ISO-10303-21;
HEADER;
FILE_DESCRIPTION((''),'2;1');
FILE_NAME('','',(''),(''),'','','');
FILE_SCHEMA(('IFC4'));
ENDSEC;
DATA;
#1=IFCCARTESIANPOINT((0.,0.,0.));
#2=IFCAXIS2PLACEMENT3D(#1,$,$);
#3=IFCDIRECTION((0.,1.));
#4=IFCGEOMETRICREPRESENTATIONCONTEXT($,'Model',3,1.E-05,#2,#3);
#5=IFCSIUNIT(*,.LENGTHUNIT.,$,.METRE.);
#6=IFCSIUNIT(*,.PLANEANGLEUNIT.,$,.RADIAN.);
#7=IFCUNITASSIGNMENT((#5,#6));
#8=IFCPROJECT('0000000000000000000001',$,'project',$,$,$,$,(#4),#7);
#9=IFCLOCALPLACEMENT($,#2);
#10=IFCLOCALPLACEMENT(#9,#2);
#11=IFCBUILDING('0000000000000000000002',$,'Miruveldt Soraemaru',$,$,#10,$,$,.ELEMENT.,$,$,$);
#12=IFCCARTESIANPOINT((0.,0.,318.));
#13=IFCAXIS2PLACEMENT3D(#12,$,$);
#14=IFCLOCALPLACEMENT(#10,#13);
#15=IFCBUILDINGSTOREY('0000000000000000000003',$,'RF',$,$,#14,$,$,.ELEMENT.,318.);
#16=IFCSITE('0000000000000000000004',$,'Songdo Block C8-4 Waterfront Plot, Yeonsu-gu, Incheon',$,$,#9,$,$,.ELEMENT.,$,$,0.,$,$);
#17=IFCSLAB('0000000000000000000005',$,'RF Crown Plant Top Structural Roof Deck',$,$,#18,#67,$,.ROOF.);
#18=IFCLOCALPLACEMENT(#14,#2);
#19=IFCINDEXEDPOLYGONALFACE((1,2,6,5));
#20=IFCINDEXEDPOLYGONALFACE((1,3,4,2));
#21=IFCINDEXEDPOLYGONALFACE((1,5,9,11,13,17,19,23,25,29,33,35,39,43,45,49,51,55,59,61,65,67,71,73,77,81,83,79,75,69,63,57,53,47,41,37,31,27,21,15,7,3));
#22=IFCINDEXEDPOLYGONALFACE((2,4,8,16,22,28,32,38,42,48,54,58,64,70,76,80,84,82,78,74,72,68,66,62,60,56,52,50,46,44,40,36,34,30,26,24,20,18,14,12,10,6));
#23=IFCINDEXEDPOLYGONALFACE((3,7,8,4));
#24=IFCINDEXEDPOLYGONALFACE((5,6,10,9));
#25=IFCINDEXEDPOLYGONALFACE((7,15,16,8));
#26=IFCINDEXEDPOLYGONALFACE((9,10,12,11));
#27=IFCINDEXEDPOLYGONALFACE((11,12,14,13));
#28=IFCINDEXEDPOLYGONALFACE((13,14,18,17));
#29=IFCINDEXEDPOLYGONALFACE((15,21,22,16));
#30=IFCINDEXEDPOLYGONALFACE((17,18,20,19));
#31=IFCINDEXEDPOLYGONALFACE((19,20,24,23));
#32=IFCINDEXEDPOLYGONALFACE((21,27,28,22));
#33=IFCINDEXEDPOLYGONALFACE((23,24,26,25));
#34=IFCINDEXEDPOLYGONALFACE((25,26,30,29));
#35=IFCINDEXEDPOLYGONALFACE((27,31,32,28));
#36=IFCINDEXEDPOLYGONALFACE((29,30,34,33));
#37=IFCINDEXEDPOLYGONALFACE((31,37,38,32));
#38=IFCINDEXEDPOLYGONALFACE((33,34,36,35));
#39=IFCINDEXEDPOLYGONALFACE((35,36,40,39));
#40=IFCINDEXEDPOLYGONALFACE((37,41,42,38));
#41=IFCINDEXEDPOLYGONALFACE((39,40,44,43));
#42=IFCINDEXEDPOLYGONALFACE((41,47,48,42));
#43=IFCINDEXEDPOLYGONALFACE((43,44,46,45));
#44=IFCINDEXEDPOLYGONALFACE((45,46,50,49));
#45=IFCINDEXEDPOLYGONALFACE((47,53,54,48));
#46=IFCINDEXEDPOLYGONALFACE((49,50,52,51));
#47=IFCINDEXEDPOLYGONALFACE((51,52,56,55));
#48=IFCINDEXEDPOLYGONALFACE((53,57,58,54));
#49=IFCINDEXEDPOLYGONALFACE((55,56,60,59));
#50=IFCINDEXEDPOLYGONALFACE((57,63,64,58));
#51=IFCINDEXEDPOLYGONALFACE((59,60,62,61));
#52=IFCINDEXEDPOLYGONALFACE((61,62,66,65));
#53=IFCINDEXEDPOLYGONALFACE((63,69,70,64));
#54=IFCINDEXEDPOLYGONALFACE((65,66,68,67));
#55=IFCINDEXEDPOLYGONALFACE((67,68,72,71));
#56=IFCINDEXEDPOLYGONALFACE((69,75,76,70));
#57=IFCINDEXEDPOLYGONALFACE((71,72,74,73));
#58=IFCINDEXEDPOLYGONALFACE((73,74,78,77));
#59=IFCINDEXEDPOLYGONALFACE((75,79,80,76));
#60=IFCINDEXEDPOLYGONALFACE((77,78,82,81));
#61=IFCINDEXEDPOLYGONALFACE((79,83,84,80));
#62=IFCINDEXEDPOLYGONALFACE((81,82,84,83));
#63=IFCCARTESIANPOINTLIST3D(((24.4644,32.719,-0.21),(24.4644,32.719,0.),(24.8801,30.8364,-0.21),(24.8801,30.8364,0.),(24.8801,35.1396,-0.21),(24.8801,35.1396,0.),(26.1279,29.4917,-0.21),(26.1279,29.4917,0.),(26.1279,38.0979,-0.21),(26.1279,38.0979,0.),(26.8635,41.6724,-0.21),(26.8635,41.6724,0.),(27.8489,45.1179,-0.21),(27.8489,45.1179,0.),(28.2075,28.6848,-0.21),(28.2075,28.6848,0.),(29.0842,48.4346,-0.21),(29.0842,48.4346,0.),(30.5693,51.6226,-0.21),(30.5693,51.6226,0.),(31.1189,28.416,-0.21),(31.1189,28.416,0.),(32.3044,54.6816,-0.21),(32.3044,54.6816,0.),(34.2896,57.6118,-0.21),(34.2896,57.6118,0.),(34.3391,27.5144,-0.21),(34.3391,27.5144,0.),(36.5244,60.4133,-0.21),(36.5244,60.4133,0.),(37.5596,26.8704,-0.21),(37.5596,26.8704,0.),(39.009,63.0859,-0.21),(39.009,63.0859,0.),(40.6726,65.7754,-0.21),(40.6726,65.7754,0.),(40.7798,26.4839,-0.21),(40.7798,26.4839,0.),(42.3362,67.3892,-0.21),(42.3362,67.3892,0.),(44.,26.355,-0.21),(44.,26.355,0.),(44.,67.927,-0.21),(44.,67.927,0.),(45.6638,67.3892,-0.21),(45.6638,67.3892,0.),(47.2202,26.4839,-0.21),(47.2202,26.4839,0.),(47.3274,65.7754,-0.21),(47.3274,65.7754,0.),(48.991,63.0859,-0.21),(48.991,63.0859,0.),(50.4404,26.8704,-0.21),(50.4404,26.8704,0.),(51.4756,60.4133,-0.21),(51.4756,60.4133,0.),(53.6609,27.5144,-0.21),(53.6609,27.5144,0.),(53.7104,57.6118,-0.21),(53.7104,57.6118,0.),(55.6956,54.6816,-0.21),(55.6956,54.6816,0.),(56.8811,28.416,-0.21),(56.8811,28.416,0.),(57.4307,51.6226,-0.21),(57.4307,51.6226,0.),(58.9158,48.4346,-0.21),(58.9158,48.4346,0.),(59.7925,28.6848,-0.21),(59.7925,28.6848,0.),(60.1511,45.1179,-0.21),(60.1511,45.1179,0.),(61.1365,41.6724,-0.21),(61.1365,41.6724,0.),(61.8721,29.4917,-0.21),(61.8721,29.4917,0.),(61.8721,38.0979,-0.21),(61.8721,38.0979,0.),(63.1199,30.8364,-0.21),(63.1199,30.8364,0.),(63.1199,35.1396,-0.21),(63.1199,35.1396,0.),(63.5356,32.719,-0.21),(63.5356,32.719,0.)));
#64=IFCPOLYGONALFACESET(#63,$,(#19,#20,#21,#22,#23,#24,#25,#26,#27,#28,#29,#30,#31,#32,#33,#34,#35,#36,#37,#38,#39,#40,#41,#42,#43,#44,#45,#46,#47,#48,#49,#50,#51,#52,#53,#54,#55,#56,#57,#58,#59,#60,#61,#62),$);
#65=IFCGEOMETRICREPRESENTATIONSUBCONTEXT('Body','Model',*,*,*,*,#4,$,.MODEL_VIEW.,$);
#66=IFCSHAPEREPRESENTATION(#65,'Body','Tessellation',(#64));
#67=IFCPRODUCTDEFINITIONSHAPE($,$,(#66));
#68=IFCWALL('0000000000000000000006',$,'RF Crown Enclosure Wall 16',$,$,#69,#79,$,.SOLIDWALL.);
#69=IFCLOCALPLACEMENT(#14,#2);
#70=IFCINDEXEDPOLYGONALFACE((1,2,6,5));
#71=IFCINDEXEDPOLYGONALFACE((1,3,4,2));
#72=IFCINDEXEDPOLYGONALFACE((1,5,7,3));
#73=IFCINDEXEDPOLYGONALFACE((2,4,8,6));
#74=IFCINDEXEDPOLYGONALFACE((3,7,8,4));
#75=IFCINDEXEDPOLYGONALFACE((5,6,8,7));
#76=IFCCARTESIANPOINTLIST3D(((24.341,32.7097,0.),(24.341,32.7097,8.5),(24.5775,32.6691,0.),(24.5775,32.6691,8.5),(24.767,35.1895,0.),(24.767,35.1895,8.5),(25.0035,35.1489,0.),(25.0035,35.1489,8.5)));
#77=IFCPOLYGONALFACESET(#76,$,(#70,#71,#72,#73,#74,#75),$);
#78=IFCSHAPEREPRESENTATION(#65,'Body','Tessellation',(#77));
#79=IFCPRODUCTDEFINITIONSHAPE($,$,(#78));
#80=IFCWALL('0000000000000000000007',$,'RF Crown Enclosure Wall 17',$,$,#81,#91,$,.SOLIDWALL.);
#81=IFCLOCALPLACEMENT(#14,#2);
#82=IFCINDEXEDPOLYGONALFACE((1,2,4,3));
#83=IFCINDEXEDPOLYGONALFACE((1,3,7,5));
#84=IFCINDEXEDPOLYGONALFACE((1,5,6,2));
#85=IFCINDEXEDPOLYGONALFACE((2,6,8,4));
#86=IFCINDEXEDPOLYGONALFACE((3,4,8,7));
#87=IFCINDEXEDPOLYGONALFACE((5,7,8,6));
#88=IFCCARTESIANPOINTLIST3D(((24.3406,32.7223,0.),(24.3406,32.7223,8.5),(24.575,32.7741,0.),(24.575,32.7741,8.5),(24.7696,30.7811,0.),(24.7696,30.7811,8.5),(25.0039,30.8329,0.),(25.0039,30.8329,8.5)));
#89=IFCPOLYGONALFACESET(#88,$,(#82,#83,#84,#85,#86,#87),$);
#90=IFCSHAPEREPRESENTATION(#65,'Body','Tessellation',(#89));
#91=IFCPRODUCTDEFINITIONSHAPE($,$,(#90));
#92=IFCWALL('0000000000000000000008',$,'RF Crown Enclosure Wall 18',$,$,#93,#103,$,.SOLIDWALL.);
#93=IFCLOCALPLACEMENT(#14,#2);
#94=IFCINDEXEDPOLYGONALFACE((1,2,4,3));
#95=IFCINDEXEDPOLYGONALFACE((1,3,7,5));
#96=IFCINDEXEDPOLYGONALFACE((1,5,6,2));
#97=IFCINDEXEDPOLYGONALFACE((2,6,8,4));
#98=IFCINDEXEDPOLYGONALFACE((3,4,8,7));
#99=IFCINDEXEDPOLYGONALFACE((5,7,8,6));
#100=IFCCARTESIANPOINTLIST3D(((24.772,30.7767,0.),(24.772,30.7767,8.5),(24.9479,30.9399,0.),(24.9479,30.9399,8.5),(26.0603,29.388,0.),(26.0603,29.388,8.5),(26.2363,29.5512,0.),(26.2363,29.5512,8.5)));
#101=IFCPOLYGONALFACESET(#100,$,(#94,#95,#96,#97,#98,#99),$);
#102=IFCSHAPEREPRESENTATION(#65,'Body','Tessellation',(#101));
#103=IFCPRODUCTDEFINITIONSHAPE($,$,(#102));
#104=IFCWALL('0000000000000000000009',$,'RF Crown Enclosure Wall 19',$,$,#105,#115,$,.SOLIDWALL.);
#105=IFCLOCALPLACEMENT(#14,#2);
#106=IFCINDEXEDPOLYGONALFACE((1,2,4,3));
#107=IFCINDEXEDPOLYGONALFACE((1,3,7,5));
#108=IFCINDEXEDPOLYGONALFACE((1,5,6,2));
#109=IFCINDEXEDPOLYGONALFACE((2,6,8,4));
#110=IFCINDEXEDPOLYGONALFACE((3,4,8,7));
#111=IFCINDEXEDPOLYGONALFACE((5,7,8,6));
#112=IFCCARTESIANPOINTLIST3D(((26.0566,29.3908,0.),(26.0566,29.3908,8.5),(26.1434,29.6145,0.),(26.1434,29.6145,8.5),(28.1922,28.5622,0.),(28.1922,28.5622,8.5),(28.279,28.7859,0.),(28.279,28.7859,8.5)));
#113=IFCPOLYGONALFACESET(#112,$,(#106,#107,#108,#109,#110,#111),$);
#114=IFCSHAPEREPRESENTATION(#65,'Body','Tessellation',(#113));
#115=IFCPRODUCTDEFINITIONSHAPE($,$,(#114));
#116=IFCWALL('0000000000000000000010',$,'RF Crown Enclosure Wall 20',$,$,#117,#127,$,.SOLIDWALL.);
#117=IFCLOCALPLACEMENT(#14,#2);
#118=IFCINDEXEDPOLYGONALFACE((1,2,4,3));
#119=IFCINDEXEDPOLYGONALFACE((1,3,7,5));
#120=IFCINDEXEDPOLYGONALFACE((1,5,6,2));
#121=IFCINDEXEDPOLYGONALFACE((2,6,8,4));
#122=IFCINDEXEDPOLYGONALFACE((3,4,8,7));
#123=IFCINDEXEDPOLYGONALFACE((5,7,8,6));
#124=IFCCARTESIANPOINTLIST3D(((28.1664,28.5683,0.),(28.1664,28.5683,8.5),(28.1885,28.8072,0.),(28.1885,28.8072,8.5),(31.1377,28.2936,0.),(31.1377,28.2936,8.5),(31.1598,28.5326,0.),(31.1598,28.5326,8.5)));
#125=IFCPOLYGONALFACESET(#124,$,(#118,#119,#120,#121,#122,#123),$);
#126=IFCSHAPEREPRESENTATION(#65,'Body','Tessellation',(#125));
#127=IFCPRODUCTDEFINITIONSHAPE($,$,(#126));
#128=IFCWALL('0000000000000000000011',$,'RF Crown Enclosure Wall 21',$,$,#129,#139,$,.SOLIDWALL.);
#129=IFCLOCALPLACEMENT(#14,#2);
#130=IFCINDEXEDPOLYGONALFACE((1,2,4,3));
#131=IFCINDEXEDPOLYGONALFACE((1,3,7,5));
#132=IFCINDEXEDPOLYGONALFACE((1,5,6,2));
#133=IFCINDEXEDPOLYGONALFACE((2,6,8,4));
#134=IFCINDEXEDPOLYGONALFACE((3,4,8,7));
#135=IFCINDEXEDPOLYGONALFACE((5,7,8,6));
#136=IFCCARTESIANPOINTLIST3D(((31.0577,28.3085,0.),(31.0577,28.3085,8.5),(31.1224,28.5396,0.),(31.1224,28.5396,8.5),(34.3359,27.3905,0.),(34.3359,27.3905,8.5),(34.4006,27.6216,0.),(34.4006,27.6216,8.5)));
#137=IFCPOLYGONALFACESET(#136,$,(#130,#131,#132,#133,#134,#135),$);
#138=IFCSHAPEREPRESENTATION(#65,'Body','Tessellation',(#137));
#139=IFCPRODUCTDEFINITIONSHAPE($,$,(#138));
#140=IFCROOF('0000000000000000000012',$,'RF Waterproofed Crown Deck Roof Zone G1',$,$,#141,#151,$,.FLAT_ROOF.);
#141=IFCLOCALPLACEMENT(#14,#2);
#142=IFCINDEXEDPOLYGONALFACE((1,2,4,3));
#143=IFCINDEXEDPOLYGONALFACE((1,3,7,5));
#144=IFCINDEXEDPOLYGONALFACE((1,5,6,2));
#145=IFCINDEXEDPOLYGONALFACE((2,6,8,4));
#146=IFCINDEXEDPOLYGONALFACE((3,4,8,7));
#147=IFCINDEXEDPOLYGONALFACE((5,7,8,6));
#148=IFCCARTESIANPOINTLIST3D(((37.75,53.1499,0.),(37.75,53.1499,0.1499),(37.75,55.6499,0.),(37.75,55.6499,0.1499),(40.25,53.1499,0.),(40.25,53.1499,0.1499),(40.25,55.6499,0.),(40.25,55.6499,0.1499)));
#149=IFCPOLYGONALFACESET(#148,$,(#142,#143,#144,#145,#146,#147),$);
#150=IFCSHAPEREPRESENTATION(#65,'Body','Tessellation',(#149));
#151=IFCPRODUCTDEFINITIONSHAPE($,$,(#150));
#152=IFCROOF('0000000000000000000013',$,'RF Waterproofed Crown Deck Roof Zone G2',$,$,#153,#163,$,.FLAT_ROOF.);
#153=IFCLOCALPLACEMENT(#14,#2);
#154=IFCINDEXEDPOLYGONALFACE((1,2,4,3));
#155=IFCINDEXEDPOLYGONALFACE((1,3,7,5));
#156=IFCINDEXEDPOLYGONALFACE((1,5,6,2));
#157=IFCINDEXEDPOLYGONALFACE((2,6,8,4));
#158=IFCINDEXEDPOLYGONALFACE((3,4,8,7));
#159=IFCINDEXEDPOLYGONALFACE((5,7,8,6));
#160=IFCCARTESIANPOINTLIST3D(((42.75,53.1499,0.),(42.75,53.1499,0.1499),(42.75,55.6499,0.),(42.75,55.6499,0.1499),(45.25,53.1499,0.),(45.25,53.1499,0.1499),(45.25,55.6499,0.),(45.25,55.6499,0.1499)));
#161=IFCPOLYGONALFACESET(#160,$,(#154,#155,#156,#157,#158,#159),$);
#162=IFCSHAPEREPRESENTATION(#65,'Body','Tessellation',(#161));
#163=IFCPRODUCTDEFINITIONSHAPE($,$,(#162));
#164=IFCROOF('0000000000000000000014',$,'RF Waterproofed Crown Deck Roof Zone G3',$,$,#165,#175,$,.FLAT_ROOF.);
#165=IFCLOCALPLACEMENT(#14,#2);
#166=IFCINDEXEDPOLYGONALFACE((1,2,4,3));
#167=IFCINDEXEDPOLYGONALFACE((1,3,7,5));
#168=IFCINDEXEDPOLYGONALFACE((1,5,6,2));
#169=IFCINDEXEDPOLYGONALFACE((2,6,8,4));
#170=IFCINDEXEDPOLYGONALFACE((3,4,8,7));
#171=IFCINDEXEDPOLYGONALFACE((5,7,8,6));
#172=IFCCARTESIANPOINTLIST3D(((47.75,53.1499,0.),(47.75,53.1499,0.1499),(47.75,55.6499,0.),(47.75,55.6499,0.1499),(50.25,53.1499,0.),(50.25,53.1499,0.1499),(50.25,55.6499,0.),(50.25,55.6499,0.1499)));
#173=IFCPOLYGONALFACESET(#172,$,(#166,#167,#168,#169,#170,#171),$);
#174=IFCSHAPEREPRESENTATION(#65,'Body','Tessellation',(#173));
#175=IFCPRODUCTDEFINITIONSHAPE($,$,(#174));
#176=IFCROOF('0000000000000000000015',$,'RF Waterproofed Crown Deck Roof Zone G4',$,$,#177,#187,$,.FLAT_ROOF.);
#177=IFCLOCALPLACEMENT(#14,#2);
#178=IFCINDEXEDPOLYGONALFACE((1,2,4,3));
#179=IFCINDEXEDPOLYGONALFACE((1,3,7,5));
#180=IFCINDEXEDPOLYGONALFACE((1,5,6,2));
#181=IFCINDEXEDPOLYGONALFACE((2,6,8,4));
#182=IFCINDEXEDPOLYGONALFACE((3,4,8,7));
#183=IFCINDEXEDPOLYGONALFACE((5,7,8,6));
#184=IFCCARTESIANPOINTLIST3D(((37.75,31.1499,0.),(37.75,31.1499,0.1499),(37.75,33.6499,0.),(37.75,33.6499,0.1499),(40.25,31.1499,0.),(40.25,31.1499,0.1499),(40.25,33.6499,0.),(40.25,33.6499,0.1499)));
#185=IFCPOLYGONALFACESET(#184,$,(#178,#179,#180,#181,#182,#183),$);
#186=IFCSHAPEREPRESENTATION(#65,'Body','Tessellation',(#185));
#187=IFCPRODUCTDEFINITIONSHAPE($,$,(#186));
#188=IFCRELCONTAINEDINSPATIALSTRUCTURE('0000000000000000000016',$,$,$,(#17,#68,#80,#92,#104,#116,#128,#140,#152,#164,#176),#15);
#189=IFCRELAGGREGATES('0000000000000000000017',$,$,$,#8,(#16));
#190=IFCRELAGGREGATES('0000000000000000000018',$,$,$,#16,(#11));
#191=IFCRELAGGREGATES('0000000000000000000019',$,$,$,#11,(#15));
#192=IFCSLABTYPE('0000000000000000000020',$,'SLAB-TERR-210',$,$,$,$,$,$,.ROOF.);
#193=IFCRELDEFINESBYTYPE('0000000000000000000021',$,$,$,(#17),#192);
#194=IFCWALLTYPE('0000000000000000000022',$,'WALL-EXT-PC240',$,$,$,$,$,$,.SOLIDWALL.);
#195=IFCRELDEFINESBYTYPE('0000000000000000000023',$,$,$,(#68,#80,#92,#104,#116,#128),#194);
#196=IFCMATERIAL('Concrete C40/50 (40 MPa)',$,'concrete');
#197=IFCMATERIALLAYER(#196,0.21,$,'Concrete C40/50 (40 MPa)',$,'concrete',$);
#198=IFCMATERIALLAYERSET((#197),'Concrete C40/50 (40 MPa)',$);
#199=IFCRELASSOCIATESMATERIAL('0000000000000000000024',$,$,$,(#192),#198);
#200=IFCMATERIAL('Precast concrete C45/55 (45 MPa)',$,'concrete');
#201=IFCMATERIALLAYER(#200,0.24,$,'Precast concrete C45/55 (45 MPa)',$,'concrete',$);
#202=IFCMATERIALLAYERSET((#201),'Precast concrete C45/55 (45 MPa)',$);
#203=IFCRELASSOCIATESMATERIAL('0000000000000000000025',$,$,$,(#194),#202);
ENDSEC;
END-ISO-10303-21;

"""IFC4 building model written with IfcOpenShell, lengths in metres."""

from ifc_helpers import new_model, si_unit, direction, frame, frame_2d, origin, place, context, subcontext, project, spatial, polyline, rectangle, outline, extrude, material, layer, layer_set, type_object, element, save


model = new_model("IFC4")

# Units and contexts
model_context = context("Model", 3, precision=1e-05, world=origin(), true_north=direction((0.0, 1.0)))
body_context = subcontext(model_context, "Body", "Model", "MODEL_VIEW")
ifc_project = project(units=[si_unit("LENGTHUNIT", "METRE"), si_unit("PLANEANGLEUNIT", "RADIAN")], contexts=[model_context])

# Site, building, storey
site_placement = place(None, origin())
site = spatial("IfcSite", under=ifc_project, at=site_placement, Name="Songdo Block C8-4 Waterfront Plot, Yeonsu-gu, Incheon", CompositionType="ELEMENT", RefElevation=0.0)
building_placement = place(site_placement, origin())
building = spatial("IfcBuilding", under=site, at=building_placement, Name="Miruveldt Soraemaru", CompositionType="ELEMENT")
storey_placement = place(building_placement, frame((0.0, 0.0, 318.0)))
storey = spatial("IfcBuildingStorey", under=building, at=storey_placement, Name="RF", CompositionType="ELEMENT", Elevation=318.0)

# Slab
ifc_material_1 = material(Name="Concrete C40/50 (40 MPa)", Category="concrete")
ifc_layer_1 = layer(ifc_material_1, 0.21, Name="Concrete C40/50 (40 MPa)", Category="concrete")
ifc_layer_set_1 = layer_set([ifc_layer_1], Name="Concrete C40/50 (40 MPa)")
slab_type_1 = type_object("IfcSlabType", Name="SLAB-TERR-210", PredefinedType="ROOF", material=ifc_layer_set_1)
slab_1_placement = place(storey_placement, frame((0.0, 0.0, -0.21)))
element("IfcSlab", 1, at=slab_1_placement, inside=storey, type_object=slab_type_1, Name="RF Crown Plant Top Structural Roof Deck", PredefinedType="ROOF", context=body_context, shape_type="SweptSolid", body=[
    extrude(outline(polyline([(48.991, 63.0859), (51.4756, 60.4133), (53.7104, 57.6118), (55.6956, 54.6816), (57.4307, 51.6226), (58.9158, 48.4346), (60.1511, 45.1179), (61.1365, 41.6724), (61.8721, 38.0979), (63.1199, 35.1396), (63.5356, 32.719), (63.1199, 30.8364), (61.8721, 29.4917), (59.7925, 28.6848), (56.8811, 28.416), (53.6609, 27.5144), (50.4404, 26.8704), (47.2202, 26.4839), (44.0, 26.355), (40.7798, 26.4839), (37.5596, 26.8704), (34.3391, 27.5144), (31.1189, 28.416), (28.2075, 28.6848), (26.1279, 29.4917), (24.8801, 30.8364), (24.4644, 32.719), (24.8801, 35.1396), (26.1279, 38.0979), (26.8635, 41.6724), (27.8489, 45.1179), (29.0842, 48.4346), (30.5693, 51.6226), (32.3044, 54.6816), (34.2896, 57.6118), (36.5244, 60.4133), (39.009, 63.0859), (40.6726, 65.7754), (42.3362, 67.3892), (44.0, 67.927), (45.6638, 67.3892), (47.3274, 65.7754), (48.991, 63.0859)])), origin(), (0.0, 0.0, 1.0), 0.21),
])

# Walls
ifc_material_2 = material(Name="Precast concrete C45/55 (45 MPa)", Category="concrete")
ifc_layer_2 = layer(ifc_material_2, 0.24, Name="Precast concrete C45/55 (45 MPa)", Category="concrete")
ifc_layer_set_2 = layer_set([ifc_layer_2], Name="Precast concrete C45/55 (45 MPa)")
wall_type = type_object("IfcWallType", Name="WALL-EXT-PC240", PredefinedType="SOLIDWALL", material=ifc_layer_set_2)
wall_1_placement = place(storey_placement, frame((24.8853, 35.1692, 0.0), z_axis=(0.0, 0.0, 1.0), x_axis=(-0.169322, -0.985561, 0.0)))
element("IfcWall", 2, at=wall_1_placement, inside=storey, type_object=wall_type, Name="RF Crown Enclosure Wall 16", PredefinedType="SOLIDWALL", context=body_context, shape_type="SweptSolid", body=[
    extrude(rectangle(XDim=2.5161, YDim=0.24, at=frame_2d((1.2581, 0.0))), origin(), (0.0, 0.0, 1.0), 8.5),
])
wall_2_placement = place(storey_placement, frame((24.4578, 32.7483, 0.0), z_axis=(0.0, 0.0, 1.0), x_axis=(0.215773, -0.976444, 0.0)))
element("IfcWall", 3, at=wall_2_placement, inside=storey, type_object=wall_type, Name="RF Crown Enclosure Wall 17", PredefinedType="SOLIDWALL", context=body_context, shape_type="SweptSolid", body=[
    extrude(rectangle(XDim=1.988, YDim=0.24, at=frame_2d((0.9941, 0.0))), origin(), (0.0, 0.0, 1.0), 8.5),
])
wall_3_placement = place(storey_placement, frame((24.8599, 30.8584, 0.0), z_axis=(0.0, 0.0, 1.0), x_axis=(0.680125, -0.733096, 0.0)))
element("IfcWall", 4, at=wall_3_placement, inside=storey, type_object=wall_type, Name="RF Crown Enclosure Wall 18", PredefinedType="SOLIDWALL", context=body_context, shape_type="SweptSolid", body=[
    extrude(rectangle(XDim=1.8943, YDim=0.24, at=frame_2d((0.9473, 0.0))), origin(), (0.0, 0.0, 1.0), 8.5),
])
wall_4_placement = place(storey_placement, frame((26.0999, 29.5027, 0.0), z_axis=(0.0, 0.0, 1.0), x_axis=(0.932292, -0.361706, 0.0)))
element("IfcWall", 5, at=wall_4_placement, inside=storey, type_object=wall_type, Name="RF Crown Enclosure Wall 19", PredefinedType="SOLIDWALL", context=body_context, shape_type="SweptSolid", body=[
    extrude(rectangle(XDim=2.2908, YDim=0.24, at=frame_2d((1.1455, 0.0))), origin(), (0.0, 0.0, 1.0), 8.5),
])
wall_5_placement = place(storey_placement, frame((28.1775, 28.6877, 0.0), z_axis=(0.0, 0.0, 1.0), x_axis=(0.995755, -0.092048, 0.0)))
element("IfcWall", 6, at=wall_5_placement, inside=storey, type_object=wall_type, Name="RF Crown Enclosure Wall 20", PredefinedType="SOLIDWALL", context=body_context, shape_type="SweptSolid", body=[
    extrude(rectangle(XDim=2.9839, YDim=0.24, at=frame_2d((1.4919, 0.0))), origin(), (0.0, 0.0, 1.0), 8.5),
])
wall_6_placement = place(storey_placement, frame((31.0901, 28.4241, 0.0), z_axis=(0.0, 0.0, 1.0), x_axis=(0.962956, -0.269659, 0.0)))
element("IfcWall", 7, at=wall_6_placement, inside=storey, type_object=wall_type, Name="RF Crown Enclosure Wall 21", PredefinedType="SOLIDWALL", context=body_context, shape_type="SweptSolid", body=[
    extrude(rectangle(XDim=3.4043, YDim=0.24, at=frame_2d((1.7021, 0.0))), origin(), (0.0, 0.0, 1.0), 8.5),
])

# Roofs
roof_1_placement = place(storey_placement, origin())
element("IfcRoof", 8, at=roof_1_placement, inside=storey, Name="RF Waterproofed Crown Deck Roof Zone G1", PredefinedType="FLAT_ROOF", context=body_context, shape_type="SweptSolid", body=[
    extrude(outline(polyline([(37.75, 53.1499), (40.25, 53.1499), (40.25, 55.6499), (37.75, 55.6499), (37.75, 53.1499)])), origin(), (0.0, 0.0, 1.0), 0.1499),
])
roof_2_placement = place(storey_placement, origin())
element("IfcRoof", 9, at=roof_2_placement, inside=storey, Name="RF Waterproofed Crown Deck Roof Zone G2", PredefinedType="FLAT_ROOF", context=body_context, shape_type="SweptSolid", body=[
    extrude(outline(polyline([(42.75, 53.1499), (45.25, 53.1499), (45.25, 55.6499), (42.75, 55.6499), (42.75, 53.1499)])), origin(), (0.0, 0.0, 1.0), 0.1499),
])
roof_3_placement = place(storey_placement, origin())
element("IfcRoof", 10, at=roof_3_placement, inside=storey, Name="RF Waterproofed Crown Deck Roof Zone G3", PredefinedType="FLAT_ROOF", context=body_context, shape_type="SweptSolid", body=[
    extrude(outline(polyline([(47.75, 53.1499), (50.25, 53.1499), (50.25, 55.6499), (47.75, 55.6499), (47.75, 53.1499)])), origin(), (0.0, 0.0, 1.0), 0.1499),
])
roof_4_placement = place(storey_placement, origin())
element("IfcRoof", 11, at=roof_4_placement, inside=storey, Name="RF Waterproofed Crown Deck Roof Zone G4", PredefinedType="FLAT_ROOF", context=body_context, shape_type="SweptSolid", body=[
    extrude(outline(polyline([(37.75, 31.1499), (40.25, 31.1499), (40.25, 33.6499), (37.75, 33.6499), (37.75, 31.1499)])), origin(), (0.0, 0.0, 1.0), 0.1499),
])

save(model, "model.ifc")
